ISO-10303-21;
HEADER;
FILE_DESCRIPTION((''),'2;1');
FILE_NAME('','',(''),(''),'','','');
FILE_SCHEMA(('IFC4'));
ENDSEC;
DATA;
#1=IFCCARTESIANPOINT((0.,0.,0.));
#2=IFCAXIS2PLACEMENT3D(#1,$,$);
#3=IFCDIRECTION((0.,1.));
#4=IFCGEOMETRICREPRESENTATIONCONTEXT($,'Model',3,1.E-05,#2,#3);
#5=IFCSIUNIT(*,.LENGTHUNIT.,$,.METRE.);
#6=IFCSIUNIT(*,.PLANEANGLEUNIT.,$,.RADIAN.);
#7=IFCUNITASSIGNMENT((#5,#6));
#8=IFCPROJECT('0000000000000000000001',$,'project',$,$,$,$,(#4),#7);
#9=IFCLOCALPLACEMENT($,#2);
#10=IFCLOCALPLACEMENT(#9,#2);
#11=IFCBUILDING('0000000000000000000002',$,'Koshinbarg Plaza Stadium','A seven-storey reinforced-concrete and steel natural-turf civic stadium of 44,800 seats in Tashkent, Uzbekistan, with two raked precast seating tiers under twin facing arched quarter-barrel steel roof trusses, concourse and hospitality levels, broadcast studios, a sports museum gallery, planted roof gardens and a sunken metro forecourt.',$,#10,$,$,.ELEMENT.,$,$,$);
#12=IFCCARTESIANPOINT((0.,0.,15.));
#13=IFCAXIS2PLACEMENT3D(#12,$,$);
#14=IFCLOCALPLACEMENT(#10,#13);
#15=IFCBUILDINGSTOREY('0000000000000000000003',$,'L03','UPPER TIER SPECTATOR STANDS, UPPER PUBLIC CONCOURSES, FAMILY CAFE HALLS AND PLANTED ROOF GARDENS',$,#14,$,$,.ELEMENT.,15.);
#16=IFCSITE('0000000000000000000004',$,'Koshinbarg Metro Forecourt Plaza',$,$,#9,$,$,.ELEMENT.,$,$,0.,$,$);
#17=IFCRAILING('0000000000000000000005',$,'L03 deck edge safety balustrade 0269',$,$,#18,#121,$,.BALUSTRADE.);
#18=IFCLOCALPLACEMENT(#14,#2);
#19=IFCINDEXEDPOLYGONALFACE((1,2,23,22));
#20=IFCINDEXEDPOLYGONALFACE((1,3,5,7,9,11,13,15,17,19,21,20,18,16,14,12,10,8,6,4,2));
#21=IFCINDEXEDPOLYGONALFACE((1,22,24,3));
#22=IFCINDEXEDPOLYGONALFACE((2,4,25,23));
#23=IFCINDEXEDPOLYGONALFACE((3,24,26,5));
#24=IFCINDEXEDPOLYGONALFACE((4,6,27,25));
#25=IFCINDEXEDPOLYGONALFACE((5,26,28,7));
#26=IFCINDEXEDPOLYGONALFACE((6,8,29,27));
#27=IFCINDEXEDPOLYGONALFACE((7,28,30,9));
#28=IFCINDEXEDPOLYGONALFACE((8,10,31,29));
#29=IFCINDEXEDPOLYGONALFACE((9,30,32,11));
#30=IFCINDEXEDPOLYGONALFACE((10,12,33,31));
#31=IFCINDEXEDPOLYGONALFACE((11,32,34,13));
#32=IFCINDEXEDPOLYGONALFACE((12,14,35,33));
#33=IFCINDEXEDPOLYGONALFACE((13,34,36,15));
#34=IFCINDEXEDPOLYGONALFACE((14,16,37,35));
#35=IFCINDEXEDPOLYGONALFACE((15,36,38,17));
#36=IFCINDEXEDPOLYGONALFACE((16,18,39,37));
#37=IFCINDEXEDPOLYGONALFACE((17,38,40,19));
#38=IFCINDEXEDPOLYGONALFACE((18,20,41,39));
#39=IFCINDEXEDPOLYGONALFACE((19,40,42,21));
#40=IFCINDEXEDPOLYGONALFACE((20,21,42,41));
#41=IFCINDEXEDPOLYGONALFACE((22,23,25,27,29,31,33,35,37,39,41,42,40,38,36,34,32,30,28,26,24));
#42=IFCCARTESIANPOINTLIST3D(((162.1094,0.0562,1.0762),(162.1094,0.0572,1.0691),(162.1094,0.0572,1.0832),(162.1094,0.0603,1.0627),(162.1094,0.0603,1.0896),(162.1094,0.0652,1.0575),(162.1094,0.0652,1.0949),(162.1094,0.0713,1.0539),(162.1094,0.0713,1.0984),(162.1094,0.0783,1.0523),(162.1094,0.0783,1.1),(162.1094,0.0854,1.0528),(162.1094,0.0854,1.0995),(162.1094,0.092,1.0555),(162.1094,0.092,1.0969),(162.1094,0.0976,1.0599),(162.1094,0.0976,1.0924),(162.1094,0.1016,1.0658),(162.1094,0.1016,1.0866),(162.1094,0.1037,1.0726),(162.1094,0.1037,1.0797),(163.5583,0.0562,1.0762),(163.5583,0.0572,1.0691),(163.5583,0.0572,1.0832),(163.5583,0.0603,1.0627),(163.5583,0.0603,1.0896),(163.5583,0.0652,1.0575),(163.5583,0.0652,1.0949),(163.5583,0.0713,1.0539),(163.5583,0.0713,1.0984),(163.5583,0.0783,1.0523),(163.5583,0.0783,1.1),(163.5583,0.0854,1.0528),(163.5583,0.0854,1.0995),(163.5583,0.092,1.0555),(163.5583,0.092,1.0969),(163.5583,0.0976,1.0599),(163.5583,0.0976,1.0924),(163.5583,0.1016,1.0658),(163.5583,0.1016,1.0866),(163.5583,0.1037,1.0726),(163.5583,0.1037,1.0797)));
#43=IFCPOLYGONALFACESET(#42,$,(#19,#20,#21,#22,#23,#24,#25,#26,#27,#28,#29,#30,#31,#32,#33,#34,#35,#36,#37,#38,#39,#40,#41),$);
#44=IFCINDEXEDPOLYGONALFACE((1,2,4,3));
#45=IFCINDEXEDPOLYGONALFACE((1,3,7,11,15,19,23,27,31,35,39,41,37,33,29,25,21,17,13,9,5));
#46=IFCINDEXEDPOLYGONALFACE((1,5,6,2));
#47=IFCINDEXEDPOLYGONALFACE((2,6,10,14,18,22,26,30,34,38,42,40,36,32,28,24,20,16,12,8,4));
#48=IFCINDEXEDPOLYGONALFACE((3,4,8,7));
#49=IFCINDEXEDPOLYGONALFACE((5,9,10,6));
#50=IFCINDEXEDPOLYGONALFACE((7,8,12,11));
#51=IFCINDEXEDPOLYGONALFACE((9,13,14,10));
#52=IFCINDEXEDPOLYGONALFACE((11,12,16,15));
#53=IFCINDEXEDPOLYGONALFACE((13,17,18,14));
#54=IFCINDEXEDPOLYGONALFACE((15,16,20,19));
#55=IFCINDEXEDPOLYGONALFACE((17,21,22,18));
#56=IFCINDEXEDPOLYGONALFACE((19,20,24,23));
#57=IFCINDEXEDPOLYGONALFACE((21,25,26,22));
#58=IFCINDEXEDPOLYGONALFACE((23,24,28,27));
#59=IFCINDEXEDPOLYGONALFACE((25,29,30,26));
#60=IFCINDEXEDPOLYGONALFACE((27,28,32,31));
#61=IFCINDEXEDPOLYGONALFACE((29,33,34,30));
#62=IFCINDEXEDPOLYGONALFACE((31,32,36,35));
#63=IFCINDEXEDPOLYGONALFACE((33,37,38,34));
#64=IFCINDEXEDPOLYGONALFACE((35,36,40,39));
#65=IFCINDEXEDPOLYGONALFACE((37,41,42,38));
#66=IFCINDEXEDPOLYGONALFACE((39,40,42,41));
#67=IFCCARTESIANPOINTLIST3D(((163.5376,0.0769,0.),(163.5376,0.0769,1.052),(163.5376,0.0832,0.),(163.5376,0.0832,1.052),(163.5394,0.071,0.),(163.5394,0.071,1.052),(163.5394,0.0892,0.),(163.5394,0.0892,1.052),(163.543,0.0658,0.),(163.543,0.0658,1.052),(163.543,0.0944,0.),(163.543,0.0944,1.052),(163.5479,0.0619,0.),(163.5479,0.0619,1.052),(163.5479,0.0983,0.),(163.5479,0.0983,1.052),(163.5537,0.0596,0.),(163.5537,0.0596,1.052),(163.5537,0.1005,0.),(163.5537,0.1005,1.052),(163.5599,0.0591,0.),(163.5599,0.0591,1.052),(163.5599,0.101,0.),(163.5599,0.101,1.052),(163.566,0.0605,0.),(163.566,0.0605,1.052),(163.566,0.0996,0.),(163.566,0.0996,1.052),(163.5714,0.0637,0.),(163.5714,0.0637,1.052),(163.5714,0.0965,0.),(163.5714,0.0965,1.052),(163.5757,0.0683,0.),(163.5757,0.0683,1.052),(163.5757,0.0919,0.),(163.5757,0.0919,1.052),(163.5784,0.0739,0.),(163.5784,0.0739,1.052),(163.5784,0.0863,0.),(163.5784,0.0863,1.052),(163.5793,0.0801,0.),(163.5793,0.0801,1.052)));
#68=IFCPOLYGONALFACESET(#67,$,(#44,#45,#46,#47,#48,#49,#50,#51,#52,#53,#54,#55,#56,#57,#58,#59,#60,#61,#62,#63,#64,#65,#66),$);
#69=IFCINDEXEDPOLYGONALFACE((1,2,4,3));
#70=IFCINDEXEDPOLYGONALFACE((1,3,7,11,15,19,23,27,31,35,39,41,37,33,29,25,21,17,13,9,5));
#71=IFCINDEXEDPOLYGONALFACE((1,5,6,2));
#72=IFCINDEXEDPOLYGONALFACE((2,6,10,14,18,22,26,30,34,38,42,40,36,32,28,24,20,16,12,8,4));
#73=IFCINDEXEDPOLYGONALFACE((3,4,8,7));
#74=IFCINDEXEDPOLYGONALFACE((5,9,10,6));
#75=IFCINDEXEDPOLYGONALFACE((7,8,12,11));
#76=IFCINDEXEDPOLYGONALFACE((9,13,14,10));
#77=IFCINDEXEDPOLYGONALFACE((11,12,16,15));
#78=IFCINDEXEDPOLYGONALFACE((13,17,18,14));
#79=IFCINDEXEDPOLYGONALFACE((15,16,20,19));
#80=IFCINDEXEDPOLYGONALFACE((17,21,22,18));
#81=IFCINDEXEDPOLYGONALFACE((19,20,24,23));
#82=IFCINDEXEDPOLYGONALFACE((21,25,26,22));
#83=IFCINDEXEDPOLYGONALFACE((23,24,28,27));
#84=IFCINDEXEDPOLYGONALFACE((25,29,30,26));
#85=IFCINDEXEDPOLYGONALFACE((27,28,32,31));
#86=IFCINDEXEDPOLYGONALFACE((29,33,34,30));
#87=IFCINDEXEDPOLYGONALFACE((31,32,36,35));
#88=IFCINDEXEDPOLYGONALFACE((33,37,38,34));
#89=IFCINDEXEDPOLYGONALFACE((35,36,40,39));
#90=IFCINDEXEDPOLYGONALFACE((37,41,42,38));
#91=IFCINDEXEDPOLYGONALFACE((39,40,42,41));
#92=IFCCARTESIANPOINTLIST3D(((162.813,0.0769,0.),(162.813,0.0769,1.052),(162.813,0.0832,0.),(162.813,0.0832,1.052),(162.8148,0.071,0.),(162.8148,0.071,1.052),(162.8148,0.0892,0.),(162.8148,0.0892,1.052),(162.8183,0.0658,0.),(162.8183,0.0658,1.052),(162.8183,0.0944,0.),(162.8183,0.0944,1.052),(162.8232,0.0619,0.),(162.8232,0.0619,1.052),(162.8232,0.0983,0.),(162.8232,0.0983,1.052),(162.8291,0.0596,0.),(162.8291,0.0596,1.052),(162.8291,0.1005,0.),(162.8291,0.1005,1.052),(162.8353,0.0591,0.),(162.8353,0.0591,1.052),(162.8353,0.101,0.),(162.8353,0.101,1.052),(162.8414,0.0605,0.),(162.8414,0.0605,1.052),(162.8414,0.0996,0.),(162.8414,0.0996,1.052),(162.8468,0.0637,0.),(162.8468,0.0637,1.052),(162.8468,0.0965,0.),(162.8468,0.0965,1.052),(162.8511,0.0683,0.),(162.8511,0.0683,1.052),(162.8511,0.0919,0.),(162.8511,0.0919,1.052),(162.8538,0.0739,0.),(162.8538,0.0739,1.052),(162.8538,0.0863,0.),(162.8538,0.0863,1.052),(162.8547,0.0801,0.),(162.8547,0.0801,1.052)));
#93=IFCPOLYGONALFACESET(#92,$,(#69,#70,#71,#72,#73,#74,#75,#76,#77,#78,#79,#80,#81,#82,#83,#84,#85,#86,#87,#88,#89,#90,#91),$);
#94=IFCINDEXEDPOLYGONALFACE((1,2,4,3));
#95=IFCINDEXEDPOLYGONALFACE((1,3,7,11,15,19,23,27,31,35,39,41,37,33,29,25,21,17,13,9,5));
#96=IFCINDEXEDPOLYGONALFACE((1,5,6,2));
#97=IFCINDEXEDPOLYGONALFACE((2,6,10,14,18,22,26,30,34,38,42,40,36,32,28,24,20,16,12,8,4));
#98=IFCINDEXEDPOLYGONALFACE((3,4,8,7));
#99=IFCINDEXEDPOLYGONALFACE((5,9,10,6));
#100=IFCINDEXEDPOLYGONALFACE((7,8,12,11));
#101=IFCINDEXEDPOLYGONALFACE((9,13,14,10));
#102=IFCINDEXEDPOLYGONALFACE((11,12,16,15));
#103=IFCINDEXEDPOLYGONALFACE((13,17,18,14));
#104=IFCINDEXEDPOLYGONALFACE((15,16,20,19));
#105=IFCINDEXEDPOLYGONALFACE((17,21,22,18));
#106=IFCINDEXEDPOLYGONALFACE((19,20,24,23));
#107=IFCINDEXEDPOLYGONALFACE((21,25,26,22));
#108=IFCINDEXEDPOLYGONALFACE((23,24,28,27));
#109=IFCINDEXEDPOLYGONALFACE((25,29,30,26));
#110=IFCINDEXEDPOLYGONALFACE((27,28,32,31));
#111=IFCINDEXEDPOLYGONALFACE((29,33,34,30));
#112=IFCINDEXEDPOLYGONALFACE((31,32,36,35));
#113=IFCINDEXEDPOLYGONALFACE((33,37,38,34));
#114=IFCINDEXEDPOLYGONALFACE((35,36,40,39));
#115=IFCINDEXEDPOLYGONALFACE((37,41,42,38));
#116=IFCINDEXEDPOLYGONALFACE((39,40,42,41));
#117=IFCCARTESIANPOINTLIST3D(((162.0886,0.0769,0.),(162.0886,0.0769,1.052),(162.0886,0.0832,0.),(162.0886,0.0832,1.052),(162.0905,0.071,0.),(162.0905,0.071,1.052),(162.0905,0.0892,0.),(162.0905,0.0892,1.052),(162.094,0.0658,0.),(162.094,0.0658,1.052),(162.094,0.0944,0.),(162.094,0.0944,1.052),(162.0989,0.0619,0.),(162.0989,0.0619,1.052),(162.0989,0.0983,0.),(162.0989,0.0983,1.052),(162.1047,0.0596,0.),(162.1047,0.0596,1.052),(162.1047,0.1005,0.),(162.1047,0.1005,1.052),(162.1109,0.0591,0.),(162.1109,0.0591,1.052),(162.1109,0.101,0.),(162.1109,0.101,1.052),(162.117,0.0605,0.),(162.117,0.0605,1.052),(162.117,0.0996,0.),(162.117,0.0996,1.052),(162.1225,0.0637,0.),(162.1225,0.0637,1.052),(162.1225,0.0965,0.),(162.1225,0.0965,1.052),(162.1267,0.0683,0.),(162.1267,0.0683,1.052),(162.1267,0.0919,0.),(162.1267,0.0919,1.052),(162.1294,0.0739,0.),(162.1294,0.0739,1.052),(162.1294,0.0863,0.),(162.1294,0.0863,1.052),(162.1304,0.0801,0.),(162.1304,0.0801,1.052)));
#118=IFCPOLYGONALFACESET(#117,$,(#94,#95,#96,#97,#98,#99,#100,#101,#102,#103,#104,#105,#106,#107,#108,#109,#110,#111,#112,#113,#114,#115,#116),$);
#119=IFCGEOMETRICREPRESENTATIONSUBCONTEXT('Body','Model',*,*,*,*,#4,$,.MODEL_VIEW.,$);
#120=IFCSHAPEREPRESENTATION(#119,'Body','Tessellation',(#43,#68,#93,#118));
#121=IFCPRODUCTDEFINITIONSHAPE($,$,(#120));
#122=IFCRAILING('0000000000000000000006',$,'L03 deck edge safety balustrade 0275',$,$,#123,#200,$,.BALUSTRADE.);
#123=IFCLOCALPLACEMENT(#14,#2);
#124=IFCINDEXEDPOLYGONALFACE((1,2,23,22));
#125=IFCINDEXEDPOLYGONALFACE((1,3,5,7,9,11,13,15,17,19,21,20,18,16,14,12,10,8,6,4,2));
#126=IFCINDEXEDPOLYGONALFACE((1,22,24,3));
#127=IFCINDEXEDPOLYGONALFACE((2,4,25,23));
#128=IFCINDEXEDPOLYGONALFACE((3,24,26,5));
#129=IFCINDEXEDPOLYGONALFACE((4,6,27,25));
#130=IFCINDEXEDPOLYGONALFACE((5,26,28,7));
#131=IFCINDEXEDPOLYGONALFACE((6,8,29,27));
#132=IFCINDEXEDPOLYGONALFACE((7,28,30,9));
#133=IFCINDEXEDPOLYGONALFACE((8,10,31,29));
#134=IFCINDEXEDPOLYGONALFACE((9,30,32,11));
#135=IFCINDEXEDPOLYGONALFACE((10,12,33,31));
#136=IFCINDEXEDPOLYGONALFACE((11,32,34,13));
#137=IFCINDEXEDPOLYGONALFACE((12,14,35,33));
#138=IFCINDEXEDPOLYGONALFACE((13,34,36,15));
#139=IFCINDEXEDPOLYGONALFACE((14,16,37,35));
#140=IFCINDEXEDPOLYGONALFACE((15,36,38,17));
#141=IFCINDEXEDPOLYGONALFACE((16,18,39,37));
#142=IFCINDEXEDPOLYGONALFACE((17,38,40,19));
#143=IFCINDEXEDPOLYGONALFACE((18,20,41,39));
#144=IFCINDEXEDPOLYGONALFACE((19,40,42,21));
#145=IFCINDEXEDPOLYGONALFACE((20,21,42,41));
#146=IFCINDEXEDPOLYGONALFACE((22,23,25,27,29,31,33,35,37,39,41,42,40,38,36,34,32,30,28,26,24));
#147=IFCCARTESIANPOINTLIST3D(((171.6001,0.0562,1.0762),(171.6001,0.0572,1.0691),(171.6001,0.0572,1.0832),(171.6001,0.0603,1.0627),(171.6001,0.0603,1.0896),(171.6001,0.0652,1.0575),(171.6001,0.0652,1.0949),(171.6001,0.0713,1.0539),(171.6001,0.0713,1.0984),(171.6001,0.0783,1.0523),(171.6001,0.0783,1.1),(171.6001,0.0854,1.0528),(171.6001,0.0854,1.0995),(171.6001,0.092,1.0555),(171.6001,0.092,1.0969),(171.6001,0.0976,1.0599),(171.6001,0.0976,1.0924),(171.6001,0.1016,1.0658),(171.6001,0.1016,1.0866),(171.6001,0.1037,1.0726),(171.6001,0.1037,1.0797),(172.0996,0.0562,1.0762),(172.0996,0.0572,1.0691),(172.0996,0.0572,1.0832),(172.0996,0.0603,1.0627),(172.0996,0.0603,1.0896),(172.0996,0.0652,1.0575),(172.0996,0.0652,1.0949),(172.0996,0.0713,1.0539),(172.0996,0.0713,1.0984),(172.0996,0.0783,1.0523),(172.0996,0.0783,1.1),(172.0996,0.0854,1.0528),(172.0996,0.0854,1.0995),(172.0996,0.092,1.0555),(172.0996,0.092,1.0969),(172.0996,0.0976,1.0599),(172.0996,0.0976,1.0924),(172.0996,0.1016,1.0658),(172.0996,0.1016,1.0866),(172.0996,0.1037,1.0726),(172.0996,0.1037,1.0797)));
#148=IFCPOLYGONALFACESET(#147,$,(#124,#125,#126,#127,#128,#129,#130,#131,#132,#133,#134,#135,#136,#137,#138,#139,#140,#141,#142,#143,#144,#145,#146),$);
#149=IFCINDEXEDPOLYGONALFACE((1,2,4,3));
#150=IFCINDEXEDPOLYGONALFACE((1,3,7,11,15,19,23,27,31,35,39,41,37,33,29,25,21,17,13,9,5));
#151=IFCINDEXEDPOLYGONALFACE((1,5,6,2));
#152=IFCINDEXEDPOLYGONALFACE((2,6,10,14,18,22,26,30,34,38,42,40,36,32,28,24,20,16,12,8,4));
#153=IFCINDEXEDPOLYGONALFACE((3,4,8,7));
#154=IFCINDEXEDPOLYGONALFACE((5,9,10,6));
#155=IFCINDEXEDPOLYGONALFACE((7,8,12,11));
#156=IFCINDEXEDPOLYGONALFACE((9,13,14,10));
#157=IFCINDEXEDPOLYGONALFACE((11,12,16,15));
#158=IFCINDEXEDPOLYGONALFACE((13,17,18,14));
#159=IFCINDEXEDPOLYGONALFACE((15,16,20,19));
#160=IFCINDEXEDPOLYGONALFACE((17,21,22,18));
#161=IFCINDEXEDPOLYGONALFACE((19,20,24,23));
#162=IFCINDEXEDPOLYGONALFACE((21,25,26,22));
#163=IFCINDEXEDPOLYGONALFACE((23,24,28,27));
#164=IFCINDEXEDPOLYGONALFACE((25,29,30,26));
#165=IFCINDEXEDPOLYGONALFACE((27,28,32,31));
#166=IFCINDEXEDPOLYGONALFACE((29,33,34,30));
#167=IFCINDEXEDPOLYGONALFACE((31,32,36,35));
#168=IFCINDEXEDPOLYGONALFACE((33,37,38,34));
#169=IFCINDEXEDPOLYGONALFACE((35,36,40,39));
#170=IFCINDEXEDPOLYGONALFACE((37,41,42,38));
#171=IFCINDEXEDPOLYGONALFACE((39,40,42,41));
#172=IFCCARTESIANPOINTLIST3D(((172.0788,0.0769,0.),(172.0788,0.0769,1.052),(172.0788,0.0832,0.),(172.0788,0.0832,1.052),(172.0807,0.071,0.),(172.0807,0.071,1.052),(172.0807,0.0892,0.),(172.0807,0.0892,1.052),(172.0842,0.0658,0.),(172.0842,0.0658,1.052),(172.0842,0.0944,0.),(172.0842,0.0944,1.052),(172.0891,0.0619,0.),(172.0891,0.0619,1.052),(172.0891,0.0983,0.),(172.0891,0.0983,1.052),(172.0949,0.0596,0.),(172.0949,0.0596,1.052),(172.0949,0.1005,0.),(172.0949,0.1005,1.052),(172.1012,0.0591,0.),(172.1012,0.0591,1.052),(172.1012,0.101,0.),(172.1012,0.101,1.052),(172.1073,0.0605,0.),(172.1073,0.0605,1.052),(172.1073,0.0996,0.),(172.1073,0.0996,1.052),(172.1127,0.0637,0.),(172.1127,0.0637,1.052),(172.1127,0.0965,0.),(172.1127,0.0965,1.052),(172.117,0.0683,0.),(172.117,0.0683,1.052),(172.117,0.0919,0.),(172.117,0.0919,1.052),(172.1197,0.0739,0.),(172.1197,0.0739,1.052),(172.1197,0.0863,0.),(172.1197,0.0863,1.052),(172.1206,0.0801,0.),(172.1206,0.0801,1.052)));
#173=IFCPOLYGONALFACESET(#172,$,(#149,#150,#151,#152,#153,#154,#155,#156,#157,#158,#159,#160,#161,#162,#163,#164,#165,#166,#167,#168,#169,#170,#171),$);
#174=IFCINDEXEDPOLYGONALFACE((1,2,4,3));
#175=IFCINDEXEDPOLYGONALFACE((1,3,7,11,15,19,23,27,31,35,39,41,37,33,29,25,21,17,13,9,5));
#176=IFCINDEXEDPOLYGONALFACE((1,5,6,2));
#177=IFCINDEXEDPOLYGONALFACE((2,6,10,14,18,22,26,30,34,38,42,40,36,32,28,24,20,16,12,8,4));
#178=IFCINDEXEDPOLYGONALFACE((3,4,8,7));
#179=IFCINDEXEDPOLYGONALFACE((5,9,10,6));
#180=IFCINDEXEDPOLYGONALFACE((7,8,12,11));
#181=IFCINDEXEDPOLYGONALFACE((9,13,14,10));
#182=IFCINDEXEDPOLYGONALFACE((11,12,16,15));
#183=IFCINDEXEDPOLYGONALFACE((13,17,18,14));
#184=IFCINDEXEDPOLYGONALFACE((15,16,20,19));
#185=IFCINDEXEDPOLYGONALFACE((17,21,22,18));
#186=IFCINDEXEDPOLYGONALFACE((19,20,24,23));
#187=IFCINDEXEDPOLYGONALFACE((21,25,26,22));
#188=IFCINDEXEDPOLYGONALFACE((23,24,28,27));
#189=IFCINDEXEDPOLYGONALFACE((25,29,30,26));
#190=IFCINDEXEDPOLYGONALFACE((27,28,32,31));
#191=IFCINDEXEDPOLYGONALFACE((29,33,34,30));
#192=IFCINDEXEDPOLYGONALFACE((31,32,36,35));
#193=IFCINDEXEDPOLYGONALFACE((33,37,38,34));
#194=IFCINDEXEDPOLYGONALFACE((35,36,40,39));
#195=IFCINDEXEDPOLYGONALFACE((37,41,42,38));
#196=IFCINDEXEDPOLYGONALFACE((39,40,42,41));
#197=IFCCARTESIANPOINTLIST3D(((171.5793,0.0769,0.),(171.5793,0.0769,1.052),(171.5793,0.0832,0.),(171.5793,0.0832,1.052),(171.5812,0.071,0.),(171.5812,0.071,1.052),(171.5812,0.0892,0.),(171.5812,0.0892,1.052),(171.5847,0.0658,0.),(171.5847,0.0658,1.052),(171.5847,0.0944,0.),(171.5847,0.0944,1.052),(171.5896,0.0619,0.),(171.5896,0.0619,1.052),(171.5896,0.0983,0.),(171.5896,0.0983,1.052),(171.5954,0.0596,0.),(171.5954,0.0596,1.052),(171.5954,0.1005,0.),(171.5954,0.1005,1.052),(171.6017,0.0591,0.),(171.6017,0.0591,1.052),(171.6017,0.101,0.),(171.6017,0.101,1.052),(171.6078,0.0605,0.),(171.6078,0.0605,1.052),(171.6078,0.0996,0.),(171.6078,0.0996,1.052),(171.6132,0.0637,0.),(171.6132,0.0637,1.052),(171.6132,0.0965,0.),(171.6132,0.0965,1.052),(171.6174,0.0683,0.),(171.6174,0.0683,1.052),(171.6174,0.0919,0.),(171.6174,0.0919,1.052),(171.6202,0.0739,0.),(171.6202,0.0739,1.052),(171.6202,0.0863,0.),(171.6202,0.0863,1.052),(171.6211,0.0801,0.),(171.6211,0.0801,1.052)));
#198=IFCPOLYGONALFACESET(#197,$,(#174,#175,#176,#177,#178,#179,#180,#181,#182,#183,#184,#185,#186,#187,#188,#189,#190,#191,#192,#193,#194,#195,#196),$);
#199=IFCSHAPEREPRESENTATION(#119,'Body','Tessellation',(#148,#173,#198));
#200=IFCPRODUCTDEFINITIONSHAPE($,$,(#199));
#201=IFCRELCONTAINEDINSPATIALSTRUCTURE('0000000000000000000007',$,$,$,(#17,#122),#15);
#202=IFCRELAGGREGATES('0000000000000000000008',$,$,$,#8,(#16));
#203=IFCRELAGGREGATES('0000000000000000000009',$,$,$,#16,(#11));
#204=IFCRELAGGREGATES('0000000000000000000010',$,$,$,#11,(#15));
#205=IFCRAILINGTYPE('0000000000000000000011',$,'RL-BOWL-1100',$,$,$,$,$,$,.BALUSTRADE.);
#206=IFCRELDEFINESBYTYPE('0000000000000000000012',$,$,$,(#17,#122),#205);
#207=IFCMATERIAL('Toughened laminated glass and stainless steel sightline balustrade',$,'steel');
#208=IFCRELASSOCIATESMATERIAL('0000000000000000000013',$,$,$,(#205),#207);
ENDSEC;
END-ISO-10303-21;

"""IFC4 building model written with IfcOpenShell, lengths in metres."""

from ifc_helpers import new_model, si_unit, direction, frame, origin, origin_2d, place, context, subcontext, project, spatial, circle, extrude, material, type_object, element, save


model = new_model("IFC4")

# Units and contexts
model_context = context("Model", 3, precision=1e-05, world=origin(), true_north=direction((0.0, 1.0)))
body_context = subcontext(model_context, "Body", "Model", "MODEL_VIEW")
ifc_project = project(units=[si_unit("LENGTHUNIT", "METRE"), si_unit("PLANEANGLEUNIT", "RADIAN")], contexts=[model_context])

# Site, building, storey
site_placement = place(None, origin())
site = spatial("IfcSite", under=ifc_project, at=site_placement, Name="Koshinbarg Metro Forecourt Plaza", CompositionType="ELEMENT", RefElevation=0.0)
building_placement = place(site_placement, origin())
building = spatial("IfcBuilding", under=site, at=building_placement, Name="Koshinbarg Plaza Stadium", Description="A seven-storey reinforced-concrete and steel natural-turf civic stadium of 44,800 seats in Tashkent, Uzbekistan, with two raked precast seating tiers under twin facing arched quarter-barrel steel roof trusses, concourse and hospitality levels, broadcast studios, a sports museum gallery, planted roof gardens and a sunken metro forecourt.", CompositionType="ELEMENT")
storey_placement = place(building_placement, frame((0.0, 0.0, 15.0)))
storey = spatial("IfcBuildingStorey", under=building, at=storey_placement, Name="L03", Description="UPPER TIER SPECTATOR STANDS, UPPER PUBLIC CONCOURSES, FAMILY CAFE HALLS AND PLANTED ROOF GARDENS", CompositionType="ELEMENT", Elevation=15.0)

# Railings
ifc_material_1 = material(Name="Toughened laminated glass and stainless steel sightline balustrade", Category="steel")
railing_type = type_object("IfcRailingType", Name="RL-BOWL-1100", PredefinedType="BALUSTRADE", material=ifc_material_1)
railing_1_placement = place(storey_placement, frame((163.5583, 0.0801, 0.0)))
element("IfcRailing", 1, at=railing_1_placement, inside=storey, type_object=railing_type, Name="L03 deck edge safety balustrade 0269", PredefinedType="BALUSTRADE", context=body_context, shape_type="SweptSolid", body=[
    extrude(circle(Radius=0.0239, at=origin_2d()), frame((0.0, 0.0, 1.0762), z_axis=(-1.0, 0.0, 0.0), x_axis=(0.0, -1.0, 0.0)), (0.0, 0.0, 1.0), 1.449),
    extrude(circle(Radius=0.021, at=origin_2d()), origin(), (0.0, 0.0, 1.0), 1.052),
    extrude(circle(Radius=0.021, at=origin_2d()), frame((-0.7246, 0.0, 0.0)), (0.0, 0.0, 1.0), 1.052),
    extrude(circle(Radius=0.021, at=origin_2d()), frame((-1.449, 0.0, 0.0)), (0.0, 0.0, 1.0), 1.052),
])
railing_2_placement = place(storey_placement, frame((172.0996, 0.0801, 0.0)))
element("IfcRailing", 2, at=railing_2_placement, inside=storey, type_object=railing_type, Name="L03 deck edge safety balustrade 0275", PredefinedType="BALUSTRADE", context=body_context, shape_type="SweptSolid", body=[
    extrude(circle(Radius=0.0239, at=origin_2d()), frame((0.0, 0.0, 1.0762), z_axis=(-1.0, 0.0, 0.0), x_axis=(0.0, -1.0, 0.0)), (0.0, 0.0, 1.0), 0.4995),
    extrude(circle(Radius=0.021, at=origin_2d()), origin(), (0.0, 0.0, 1.0), 1.052),
    extrude(circle(Radius=0.021, at=origin_2d()), frame((-0.4995, 0.0, 0.0)), (0.0, 0.0, 1.0), 1.052),
])

save(model, "model.ifc")
